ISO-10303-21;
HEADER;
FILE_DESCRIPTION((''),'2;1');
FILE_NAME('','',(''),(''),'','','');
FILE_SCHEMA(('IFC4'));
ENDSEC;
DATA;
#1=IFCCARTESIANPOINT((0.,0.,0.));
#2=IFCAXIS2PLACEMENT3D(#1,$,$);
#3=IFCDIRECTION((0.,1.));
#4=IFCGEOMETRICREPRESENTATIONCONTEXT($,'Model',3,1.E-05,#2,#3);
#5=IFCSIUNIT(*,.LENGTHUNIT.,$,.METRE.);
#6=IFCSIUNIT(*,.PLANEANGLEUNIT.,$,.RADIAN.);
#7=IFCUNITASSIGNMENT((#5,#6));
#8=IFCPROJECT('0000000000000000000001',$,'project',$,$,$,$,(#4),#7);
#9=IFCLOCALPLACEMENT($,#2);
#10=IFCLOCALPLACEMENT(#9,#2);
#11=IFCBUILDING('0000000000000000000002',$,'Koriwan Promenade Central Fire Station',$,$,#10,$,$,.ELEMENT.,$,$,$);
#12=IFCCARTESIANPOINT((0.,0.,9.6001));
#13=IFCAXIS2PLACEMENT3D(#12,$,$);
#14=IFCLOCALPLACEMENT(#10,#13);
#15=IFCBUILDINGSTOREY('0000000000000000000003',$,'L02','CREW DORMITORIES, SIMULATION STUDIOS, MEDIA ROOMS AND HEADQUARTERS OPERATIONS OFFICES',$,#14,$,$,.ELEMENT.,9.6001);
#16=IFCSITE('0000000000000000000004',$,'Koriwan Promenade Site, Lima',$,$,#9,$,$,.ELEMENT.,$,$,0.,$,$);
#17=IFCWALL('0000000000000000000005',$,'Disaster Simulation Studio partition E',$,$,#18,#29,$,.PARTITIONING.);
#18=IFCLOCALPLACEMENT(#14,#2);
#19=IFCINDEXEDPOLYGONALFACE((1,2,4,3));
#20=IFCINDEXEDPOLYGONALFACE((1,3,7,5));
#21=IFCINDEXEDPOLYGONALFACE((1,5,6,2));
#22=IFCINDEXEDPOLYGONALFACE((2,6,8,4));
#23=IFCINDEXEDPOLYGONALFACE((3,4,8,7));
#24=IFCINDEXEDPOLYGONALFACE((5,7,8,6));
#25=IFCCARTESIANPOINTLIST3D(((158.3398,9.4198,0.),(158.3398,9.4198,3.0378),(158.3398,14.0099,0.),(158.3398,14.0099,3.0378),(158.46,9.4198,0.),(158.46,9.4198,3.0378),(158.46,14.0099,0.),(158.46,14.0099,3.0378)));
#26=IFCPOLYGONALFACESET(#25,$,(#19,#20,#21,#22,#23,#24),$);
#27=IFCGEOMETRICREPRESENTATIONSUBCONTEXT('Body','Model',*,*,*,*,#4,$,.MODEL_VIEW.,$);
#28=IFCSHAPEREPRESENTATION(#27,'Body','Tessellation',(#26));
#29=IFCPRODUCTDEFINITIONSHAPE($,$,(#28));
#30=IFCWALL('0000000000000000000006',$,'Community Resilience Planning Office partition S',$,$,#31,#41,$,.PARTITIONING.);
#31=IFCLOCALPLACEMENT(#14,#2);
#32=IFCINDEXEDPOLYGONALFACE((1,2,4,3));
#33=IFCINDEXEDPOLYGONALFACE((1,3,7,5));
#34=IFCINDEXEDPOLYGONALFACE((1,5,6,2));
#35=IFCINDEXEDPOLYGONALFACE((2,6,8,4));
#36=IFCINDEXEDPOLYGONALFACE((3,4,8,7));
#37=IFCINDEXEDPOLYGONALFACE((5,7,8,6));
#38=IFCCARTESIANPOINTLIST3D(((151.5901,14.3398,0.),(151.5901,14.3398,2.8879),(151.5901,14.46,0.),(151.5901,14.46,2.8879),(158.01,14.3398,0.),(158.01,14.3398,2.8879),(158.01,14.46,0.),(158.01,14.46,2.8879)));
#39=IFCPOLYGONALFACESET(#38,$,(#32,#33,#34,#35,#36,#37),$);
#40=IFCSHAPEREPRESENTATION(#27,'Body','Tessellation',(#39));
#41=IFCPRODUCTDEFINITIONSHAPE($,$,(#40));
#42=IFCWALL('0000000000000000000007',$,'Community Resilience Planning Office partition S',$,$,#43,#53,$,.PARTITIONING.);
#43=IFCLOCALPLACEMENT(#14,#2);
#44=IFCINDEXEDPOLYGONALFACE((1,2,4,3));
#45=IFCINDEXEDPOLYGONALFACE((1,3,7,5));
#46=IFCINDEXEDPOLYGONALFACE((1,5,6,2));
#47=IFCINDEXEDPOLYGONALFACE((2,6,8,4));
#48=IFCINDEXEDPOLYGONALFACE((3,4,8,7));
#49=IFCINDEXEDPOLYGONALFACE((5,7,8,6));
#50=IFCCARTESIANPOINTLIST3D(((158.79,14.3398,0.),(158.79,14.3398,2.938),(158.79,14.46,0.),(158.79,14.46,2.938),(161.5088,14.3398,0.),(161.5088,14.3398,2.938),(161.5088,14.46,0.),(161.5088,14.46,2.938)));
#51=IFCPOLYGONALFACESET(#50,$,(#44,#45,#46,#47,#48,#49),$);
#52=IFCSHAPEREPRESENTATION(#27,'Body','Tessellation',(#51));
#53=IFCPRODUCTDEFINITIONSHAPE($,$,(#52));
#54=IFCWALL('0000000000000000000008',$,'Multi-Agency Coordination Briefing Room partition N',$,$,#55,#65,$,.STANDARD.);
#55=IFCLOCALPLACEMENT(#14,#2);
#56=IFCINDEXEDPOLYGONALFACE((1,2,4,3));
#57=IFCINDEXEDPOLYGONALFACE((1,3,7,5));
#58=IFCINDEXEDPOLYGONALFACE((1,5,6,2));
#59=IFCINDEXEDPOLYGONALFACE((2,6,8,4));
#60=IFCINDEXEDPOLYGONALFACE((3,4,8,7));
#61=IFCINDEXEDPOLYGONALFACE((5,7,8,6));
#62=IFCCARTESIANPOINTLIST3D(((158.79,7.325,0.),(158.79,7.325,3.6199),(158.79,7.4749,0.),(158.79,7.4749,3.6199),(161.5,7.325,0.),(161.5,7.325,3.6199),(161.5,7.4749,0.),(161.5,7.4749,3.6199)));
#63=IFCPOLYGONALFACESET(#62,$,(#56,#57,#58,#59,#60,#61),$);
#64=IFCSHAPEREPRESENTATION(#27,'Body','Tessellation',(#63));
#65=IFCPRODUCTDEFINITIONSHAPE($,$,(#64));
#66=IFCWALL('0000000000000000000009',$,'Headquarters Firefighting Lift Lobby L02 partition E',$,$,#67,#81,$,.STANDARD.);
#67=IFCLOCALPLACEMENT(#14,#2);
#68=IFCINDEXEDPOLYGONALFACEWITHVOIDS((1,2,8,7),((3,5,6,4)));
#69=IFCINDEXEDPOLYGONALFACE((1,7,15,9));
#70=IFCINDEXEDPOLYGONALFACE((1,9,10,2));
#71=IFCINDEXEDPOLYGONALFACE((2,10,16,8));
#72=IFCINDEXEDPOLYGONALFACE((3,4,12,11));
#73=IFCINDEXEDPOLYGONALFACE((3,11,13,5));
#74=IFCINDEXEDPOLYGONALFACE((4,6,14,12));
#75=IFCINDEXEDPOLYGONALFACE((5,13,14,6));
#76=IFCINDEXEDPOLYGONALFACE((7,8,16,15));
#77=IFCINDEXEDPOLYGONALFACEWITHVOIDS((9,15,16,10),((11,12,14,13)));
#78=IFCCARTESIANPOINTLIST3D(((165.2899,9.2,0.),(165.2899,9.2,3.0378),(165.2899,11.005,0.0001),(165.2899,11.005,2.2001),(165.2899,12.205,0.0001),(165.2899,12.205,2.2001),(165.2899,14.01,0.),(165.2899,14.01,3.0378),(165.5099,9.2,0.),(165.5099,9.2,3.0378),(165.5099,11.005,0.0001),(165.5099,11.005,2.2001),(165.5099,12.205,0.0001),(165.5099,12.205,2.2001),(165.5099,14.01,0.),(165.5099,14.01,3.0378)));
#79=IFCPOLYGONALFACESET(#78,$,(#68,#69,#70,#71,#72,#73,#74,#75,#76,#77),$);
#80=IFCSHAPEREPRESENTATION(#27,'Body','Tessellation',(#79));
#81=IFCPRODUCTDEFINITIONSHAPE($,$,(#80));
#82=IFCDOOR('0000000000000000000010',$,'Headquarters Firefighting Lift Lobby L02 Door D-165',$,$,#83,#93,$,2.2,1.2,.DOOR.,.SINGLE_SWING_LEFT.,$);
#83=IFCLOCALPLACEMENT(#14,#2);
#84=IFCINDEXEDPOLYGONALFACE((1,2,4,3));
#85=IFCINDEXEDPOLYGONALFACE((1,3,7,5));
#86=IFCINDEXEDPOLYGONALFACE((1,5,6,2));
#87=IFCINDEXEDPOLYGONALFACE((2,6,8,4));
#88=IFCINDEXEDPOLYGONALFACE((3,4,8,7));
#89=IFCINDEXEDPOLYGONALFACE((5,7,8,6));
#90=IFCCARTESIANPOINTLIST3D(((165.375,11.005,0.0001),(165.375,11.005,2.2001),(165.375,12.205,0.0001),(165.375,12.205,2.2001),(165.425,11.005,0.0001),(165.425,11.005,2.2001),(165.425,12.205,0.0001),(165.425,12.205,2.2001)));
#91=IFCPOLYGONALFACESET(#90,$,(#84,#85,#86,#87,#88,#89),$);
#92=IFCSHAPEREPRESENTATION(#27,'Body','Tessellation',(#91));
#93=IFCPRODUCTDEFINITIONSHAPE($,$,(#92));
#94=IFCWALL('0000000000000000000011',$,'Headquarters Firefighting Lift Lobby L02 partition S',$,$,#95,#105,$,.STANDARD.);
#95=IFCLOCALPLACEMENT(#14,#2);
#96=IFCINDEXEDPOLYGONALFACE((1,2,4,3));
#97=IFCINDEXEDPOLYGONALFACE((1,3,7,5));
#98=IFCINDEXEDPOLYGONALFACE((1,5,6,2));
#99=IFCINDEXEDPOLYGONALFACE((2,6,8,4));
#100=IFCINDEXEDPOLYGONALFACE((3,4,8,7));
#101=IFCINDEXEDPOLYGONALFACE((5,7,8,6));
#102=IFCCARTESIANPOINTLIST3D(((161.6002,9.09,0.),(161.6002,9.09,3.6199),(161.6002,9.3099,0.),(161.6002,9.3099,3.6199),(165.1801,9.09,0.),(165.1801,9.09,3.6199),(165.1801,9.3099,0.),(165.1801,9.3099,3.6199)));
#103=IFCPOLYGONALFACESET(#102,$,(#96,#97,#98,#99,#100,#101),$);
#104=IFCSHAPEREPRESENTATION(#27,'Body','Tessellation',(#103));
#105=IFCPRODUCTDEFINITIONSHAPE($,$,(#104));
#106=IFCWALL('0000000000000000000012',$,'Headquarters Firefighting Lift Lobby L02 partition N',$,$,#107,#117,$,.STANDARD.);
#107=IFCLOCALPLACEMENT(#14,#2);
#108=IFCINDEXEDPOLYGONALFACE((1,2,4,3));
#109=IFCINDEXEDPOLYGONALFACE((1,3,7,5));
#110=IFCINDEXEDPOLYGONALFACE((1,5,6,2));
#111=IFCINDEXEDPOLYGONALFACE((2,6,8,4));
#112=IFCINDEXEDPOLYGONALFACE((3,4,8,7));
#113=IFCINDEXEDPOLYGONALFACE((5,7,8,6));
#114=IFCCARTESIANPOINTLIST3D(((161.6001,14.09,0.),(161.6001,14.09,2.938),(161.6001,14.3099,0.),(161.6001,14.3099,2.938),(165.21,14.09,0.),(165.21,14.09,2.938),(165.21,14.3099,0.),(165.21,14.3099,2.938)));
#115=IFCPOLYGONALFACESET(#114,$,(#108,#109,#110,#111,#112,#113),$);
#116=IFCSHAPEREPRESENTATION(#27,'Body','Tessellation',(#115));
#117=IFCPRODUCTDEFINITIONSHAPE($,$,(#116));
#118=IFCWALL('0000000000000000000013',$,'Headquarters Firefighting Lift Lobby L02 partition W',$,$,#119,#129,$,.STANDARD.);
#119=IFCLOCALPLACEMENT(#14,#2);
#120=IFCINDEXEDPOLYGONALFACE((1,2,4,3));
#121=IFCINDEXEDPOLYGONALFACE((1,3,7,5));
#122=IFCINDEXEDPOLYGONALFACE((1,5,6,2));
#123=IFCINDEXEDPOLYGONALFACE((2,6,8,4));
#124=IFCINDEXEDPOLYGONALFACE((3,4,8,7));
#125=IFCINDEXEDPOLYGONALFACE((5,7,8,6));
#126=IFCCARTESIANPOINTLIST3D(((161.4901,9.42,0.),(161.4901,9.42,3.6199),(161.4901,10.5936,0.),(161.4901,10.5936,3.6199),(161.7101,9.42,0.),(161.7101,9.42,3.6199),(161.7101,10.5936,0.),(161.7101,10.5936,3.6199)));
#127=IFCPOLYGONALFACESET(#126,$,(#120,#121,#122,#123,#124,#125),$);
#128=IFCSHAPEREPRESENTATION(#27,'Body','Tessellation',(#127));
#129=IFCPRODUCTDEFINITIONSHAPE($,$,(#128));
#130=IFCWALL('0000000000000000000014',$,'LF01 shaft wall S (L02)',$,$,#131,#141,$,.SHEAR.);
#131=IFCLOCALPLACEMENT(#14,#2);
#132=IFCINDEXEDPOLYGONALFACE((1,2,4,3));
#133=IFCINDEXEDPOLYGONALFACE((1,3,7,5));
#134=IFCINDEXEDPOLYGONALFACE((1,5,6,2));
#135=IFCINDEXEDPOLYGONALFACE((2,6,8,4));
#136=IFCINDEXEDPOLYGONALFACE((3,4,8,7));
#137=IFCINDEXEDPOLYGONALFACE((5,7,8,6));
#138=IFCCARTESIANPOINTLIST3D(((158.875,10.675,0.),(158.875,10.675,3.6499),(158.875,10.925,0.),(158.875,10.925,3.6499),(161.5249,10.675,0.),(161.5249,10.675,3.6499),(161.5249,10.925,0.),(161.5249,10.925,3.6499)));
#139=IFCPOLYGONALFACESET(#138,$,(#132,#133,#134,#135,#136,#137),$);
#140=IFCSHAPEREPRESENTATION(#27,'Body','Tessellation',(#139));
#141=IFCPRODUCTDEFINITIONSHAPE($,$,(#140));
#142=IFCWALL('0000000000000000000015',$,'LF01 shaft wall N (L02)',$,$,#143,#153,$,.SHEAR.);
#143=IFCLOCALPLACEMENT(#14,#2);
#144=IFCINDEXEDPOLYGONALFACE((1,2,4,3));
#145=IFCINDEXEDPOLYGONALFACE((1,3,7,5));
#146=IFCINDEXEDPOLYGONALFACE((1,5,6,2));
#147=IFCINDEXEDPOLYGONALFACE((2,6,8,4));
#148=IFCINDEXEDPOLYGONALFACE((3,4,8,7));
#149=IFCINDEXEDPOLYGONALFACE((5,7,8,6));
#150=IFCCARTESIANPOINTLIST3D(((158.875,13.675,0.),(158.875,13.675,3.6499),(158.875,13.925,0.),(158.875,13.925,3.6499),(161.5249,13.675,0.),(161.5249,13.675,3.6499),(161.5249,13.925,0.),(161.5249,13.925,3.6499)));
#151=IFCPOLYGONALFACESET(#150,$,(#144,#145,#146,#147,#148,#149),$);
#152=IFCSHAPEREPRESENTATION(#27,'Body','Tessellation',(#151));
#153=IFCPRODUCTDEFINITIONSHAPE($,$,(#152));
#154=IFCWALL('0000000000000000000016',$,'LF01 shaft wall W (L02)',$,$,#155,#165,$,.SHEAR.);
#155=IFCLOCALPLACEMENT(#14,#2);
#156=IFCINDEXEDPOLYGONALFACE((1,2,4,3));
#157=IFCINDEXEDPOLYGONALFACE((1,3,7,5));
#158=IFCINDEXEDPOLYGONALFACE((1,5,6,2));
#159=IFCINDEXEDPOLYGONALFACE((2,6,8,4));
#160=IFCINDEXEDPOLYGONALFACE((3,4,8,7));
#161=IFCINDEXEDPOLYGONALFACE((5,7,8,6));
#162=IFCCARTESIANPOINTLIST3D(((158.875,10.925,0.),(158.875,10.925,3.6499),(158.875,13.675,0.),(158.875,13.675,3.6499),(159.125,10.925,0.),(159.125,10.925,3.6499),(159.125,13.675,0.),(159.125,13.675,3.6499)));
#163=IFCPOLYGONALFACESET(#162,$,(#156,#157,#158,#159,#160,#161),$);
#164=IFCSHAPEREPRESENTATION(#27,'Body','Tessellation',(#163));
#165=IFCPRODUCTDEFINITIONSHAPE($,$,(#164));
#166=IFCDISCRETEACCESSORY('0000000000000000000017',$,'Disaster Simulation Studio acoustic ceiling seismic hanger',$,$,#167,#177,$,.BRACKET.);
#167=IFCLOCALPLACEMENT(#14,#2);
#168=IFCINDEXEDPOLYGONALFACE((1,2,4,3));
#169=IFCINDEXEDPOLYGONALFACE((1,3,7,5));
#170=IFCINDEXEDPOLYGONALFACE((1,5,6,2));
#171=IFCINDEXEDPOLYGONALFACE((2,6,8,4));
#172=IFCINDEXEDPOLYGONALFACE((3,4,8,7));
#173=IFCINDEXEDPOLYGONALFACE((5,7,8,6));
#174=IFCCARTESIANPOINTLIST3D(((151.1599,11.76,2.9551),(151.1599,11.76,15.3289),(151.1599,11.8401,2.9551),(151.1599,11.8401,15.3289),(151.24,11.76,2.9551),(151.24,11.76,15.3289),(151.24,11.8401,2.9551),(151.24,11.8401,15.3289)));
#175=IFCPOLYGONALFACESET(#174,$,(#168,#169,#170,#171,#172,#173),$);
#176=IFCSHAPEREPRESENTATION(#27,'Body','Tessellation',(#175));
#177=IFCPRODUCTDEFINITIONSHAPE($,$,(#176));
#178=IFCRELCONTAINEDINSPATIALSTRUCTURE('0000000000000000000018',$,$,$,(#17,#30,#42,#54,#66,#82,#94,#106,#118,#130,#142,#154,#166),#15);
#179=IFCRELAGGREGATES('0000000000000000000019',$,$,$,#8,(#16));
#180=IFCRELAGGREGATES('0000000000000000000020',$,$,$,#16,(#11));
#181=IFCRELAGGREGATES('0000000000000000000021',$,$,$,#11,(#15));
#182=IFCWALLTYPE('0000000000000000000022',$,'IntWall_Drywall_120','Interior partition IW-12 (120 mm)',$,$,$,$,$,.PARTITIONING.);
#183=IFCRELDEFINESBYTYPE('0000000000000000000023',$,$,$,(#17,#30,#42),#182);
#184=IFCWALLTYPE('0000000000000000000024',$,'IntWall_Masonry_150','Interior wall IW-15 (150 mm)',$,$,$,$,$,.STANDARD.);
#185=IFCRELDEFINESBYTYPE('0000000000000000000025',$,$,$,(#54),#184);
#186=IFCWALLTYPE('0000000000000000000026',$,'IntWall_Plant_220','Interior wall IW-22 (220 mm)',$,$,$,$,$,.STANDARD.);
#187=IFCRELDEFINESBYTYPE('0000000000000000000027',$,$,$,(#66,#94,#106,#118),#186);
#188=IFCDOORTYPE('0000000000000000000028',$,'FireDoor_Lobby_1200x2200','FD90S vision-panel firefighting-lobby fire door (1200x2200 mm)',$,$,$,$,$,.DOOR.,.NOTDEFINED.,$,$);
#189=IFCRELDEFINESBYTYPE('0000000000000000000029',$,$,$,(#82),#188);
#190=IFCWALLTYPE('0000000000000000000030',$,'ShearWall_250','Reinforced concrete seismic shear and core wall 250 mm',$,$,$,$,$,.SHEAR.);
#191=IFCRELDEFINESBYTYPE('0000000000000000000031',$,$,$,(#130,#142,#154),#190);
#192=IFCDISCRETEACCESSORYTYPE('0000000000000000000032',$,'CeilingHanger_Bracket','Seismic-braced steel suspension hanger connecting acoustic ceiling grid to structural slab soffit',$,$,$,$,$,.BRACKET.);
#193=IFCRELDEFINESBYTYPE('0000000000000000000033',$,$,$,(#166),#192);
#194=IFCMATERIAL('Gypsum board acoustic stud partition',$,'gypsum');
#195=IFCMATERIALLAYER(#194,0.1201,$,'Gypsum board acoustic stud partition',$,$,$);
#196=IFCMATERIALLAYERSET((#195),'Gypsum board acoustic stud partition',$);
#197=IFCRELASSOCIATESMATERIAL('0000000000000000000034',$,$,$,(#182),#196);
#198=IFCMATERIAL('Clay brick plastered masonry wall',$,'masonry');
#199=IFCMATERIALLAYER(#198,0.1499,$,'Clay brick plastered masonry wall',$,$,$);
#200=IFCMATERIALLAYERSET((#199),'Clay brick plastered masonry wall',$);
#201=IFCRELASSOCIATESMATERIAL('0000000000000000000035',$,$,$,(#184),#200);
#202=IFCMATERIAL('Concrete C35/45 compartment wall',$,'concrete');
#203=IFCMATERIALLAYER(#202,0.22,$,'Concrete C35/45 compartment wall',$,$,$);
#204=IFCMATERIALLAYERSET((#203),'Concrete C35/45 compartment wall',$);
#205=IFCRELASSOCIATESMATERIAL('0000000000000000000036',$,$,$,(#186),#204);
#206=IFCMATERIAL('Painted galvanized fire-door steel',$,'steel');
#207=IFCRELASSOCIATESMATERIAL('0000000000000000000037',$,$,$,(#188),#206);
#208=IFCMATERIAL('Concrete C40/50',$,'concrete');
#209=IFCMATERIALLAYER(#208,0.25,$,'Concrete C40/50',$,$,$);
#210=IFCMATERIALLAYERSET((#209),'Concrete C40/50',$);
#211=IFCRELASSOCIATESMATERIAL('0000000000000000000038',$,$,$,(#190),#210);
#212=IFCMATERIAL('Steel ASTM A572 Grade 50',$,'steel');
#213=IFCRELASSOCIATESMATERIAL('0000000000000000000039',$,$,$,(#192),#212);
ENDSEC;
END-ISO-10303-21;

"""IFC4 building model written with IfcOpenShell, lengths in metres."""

from ifc_helpers import new_model, si_unit, direction, frame, frame_2d, origin, origin_2d, place, context, subcontext, project, spatial, rectangle, extrude, material, layer, layer_set, type_object, element, fill, save


model = new_model("IFC4")

# Units and contexts
model_context = context("Model", 3, precision=1e-05, world=origin(), true_north=direction((0.0, 1.0)))
body_context = subcontext(model_context, "Body", "Model", "MODEL_VIEW")
ifc_project = project(units=[si_unit("LENGTHUNIT", "METRE"), si_unit("PLANEANGLEUNIT", "RADIAN")], contexts=[model_context])

# Site, building, storey
site_placement = place(None, origin())
site = spatial("IfcSite", under=ifc_project, at=site_placement, Name="Koriwan Promenade Site, Lima", CompositionType="ELEMENT", RefElevation=0.0)
building_placement = place(site_placement, origin())
building = spatial("IfcBuilding", under=site, at=building_placement, Name="Koriwan Promenade Central Fire Station", CompositionType="ELEMENT")
storey_placement = place(building_placement, frame((0.0, 0.0, 9.6001)))
storey = spatial("IfcBuildingStorey", under=building, at=storey_placement, Name="L02", Description="CREW DORMITORIES, SIMULATION STUDIOS, MEDIA ROOMS AND HEADQUARTERS OPERATIONS OFFICES", CompositionType="ELEMENT", Elevation=9.6001)

# Shared definitions
ifc_material_1 = material(Name="Concrete C40/50", Category="concrete")

# Walls
ifc_material_2 = material(Name="Gypsum board acoustic stud partition", Category="gypsum")
ifc_layer_1 = layer(ifc_material_2, 0.1201, Name="Gypsum board acoustic stud partition")
ifc_layer_set_1 = layer_set([ifc_layer_1], Name="Gypsum board acoustic stud partition")
wall_type_1 = type_object("IfcWallType", Name="IntWall_Drywall_120", Description="Interior partition IW-12 (120 mm)", PredefinedType="PARTITIONING", material=ifc_layer_set_1)
wall_1_placement = place(storey_placement, frame((158.3999, 9.4199, 0.0), z_axis=(0.0, 0.0, 1.0), x_axis=(0.0, 1.0, 0.0)))
element("IfcWall", 1, at=wall_1_placement, inside=storey, type_object=wall_type_1, Name="Disaster Simulation Studio partition E", PredefinedType="PARTITIONING", context=body_context, shape_type="SweptSolid", body=[
    extrude(rectangle(XDim=4.5901, YDim=0.1201, at=frame_2d((2.2949, 0.0))), origin(), (0.0, 0.0, 1.0), 3.0378),
])
wall_2_placement = place(storey_placement, frame((151.5901, 14.3999, 0.0), z_axis=(0.0, 0.0, 1.0), x_axis=(1.0, 0.0, 0.0)))
element("IfcWall", 2, at=wall_2_placement, inside=storey, type_object=wall_type_1, Name="Community Resilience Planning Office partition S", PredefinedType="PARTITIONING", context=body_context, shape_type="SweptSolid", body=[
    extrude(rectangle(XDim=6.4199, YDim=0.1201, at=frame_2d((3.21, 0.0))), origin(), (0.0, 0.0, 1.0), 2.8879),
])
wall_3_placement = place(storey_placement, frame((158.79, 14.3999, 0.0), z_axis=(0.0, 0.0, 1.0), x_axis=(1.0, 0.0, 0.0)))
element("IfcWall", 3, at=wall_3_placement, inside=storey, type_object=wall_type_1, Name="Community Resilience Planning Office partition S", PredefinedType="PARTITIONING", context=body_context, shape_type="SweptSolid", body=[
    extrude(rectangle(XDim=2.7188, YDim=0.1201, at=frame_2d((1.3594, 0.0))), origin(), (0.0, 0.0, 1.0), 2.938),
])

# Shared definitions
ifc_material_3 = material(Name="Clay brick plastered masonry wall", Category="masonry")
ifc_layer_2 = layer(ifc_material_3, 0.1499, Name="Clay brick plastered masonry wall")
ifc_layer_set_2 = layer_set([ifc_layer_2], Name="Clay brick plastered masonry wall")
wall_type_2 = type_object("IfcWallType", Name="IntWall_Masonry_150", Description="Interior wall IW-15 (150 mm)", PredefinedType="STANDARD", material=ifc_layer_set_2)

# Wall
wall_4_placement = place(storey_placement, frame((158.79, 7.3999, 0.0), z_axis=(0.0, 0.0, 1.0), x_axis=(1.0, 0.0, 0.0)))
element("IfcWall", 4, at=wall_4_placement, inside=storey, type_object=wall_type_2, Name="Multi-Agency Coordination Briefing Room partition N", PredefinedType="STANDARD", context=body_context, shape_type="SweptSolid", body=[
    extrude(rectangle(XDim=2.71, YDim=0.1499, at=frame_2d((1.355, 0.0))), origin(), (0.0, 0.0, 1.0), 3.6199),
])

# Wall, opening, door
ifc_material_4 = material(Name="Concrete C35/45 compartment wall", Category="concrete")
ifc_layer_3 = layer(ifc_material_4, 0.22, Name="Concrete C35/45 compartment wall")
ifc_layer_set_3 = layer_set([ifc_layer_3], Name="Concrete C35/45 compartment wall")
wall_type_3 = type_object("IfcWallType", Name="IntWall_Plant_220", Description="Interior wall IW-22 (220 mm)", PredefinedType="STANDARD", material=ifc_layer_set_3)
wall_5_placement = place(storey_placement, frame((165.3999, 9.2, 0.0), z_axis=(0.0, 0.0, 1.0), x_axis=(0.0, 1.0, 0.0)))
wall_5 = element("IfcWall", 5, at=wall_5_placement, inside=storey, type_object=wall_type_3, Name="Headquarters Firefighting Lift Lobby L02 partition E", PredefinedType="STANDARD", context=body_context, shape_type="SweptSolid", body=[
    extrude(rectangle(XDim=4.8101, YDim=0.22, at=frame_2d((2.405, 0.0))), origin(), (0.0, 0.0, 1.0), 3.0378),
])
opening_1_placement = place(wall_5_placement, frame((1.8049, 0.0, 0.0)))
opening_1 = element("IfcOpeningElement", 6, at=opening_1_placement, cuts=wall_5, PredefinedType="OPENING", context=body_context, shape_type="SweptSolid", body=[
    extrude(rectangle(XDim=1.2, YDim=2.2, at=frame_2d((0.6001, 1.1001))), frame((0.0, 0.1221, 0.0), z_axis=(0.0, -1.0, 0.0), x_axis=(1.0, 0.0, 0.0)), (0.0, 0.0, 1.0), 0.2439),
])
ifc_material_5 = material(Name="Painted galvanized fire-door steel", Category="steel")
door_type_1 = type_object("IfcDoorType", Name="FireDoor_Lobby_1200x2200", Description="FD90S vision-panel firefighting-lobby fire door (1200x2200 mm)", OperationType="NOTDEFINED", PredefinedType="DOOR", material=ifc_material_5)
door_1_placement = place(opening_1_placement, origin())
door_1 = element("IfcDoor", 7, at=door_1_placement, inside=storey, type_object=door_type_1, Name="Headquarters Firefighting Lift Lobby L02 Door D-165", OperationType="SINGLE_SWING_LEFT", OverallHeight=2.2, OverallWidth=1.2, PredefinedType="DOOR", context=body_context, shape_type="SweptSolid", body=[
    extrude(rectangle(XDim=1.2, YDim=2.2, at=frame_2d((0.6001, 1.1001))), frame((0.0, 0.0249, 0.0), z_axis=(0.0, -1.0, 0.0), x_axis=(1.0, 0.0, 0.0)), (0.0, 0.0, 1.0), 0.05),
])
fill(opening_1, door_1)

# Walls
wall_6_placement = place(storey_placement, frame((161.6001, 9.2, 0.0), z_axis=(0.0, 0.0, 1.0), x_axis=(1.0, 0.0, 0.0)))
element("IfcWall", 8, at=wall_6_placement, inside=storey, type_object=wall_type_3, Name="Headquarters Firefighting Lift Lobby L02 partition S", PredefinedType="STANDARD", context=body_context, shape_type="SweptSolid", body=[
    extrude(rectangle(XDim=3.5798, YDim=0.22, at=frame_2d((1.79, 0.0))), origin(), (0.0, 0.0, 1.0), 3.6199),
])
wall_7_placement = place(storey_placement, frame((161.6001, 14.2, 0.0), z_axis=(0.0, 0.0, 1.0), x_axis=(1.0, 0.0, 0.0)))
element("IfcWall", 9, at=wall_7_placement, inside=storey, type_object=wall_type_3, Name="Headquarters Firefighting Lift Lobby L02 partition N", PredefinedType="STANDARD", context=body_context, shape_type="SweptSolid", body=[
    extrude(rectangle(XDim=3.6099, YDim=0.22, at=frame_2d((1.8049, 0.0))), origin(), (0.0, 0.0, 1.0), 2.938),
])
wall_8_placement = place(storey_placement, frame((161.6001, 9.4199, 0.0), z_axis=(0.0, 0.0, 1.0), x_axis=(0.0, 1.0, 0.0)))
element("IfcWall", 10, at=wall_8_placement, inside=storey, type_object=wall_type_3, Name="Headquarters Firefighting Lift Lobby L02 partition W", PredefinedType="STANDARD", context=body_context, shape_type="SweptSolid", body=[
    extrude(rectangle(XDim=1.1736, YDim=0.22, at=frame_2d((0.5869, 0.0))), origin(), (0.0, 0.0, 1.0), 3.6199),
])
ifc_layer_4 = layer(ifc_material_1, 0.25, Name="Concrete C40/50")
ifc_layer_set_4 = layer_set([ifc_layer_4], Name="Concrete C40/50")
wall_type_4 = type_object("IfcWallType", Name="ShearWall_250", Description="Reinforced concrete seismic shear and core wall 250 mm", PredefinedType="SHEAR", material=ifc_layer_set_4)
for number, where, z_axis, x_axis, name in (
    (11, (158.875, 10.8, 0.0), (0.0, 0.0, 1.0), (1.0, 0.0, 0.0), "LF01 shaft wall S (L02)"),
    (12, (158.875, 13.8, 0.0), (0.0, 0.0, 1.0), (1.0, 0.0, 0.0), "LF01 shaft wall N (L02)"),
):
    element("IfcWall", number, at=place(storey_placement, frame(where, z_axis=z_axis, x_axis=x_axis)), inside=storey, type_object=wall_type_4, Name=name, PredefinedType="SHEAR", context=body_context, shape_type="SweptSolid", body=[
        extrude(rectangle(XDim=2.6499, YDim=0.25, at=frame_2d((1.325, 0.0))), origin(), (0.0, 0.0, 1.0), 3.6499),
    ])
wall_9_placement = place(storey_placement, frame((159.0, 10.925, 0.0), z_axis=(0.0, 0.0, 1.0), x_axis=(0.0, 1.0, 0.0)))
element("IfcWall", 13, at=wall_9_placement, inside=storey, type_object=wall_type_4, Name="LF01 shaft wall W (L02)", PredefinedType="SHEAR", context=body_context, shape_type="SweptSolid", body=[
    extrude(rectangle(XDim=2.75, YDim=0.25, at=frame_2d((1.375, 0.0))), origin(), (0.0, 0.0, 1.0), 3.6499),
])

# Discrete accessory
ifc_material_6 = material(Name="Steel ASTM A572 Grade 50", Category="steel")
discrete_accessory_type = type_object("IfcDiscreteAccessoryType", Name="CeilingHanger_Bracket", Description="Seismic-braced steel suspension hanger connecting acoustic ceiling grid to structural slab soffit", PredefinedType="BRACKET", material=ifc_material_6)
discrete_accessory_placement = place(storey_placement, frame((151.2, 11.8, 2.9551), z_axis=(0.0, 0.0, 1.0), x_axis=(1.0, 0.0, 0.0)))
element("IfcDiscreteAccessory", 14, at=discrete_accessory_placement, inside=storey, type_object=discrete_accessory_type, Name="Disaster Simulation Studio acoustic ceiling seismic hanger", PredefinedType="BRACKET", context=body_context, shape_type="SweptSolid", body=[
    extrude(rectangle(XDim=0.0801, YDim=0.0801, at=origin_2d()), origin(), (0.0, 0.0, 1.0), 12.3738),
])

save(model, "model.ifc")
